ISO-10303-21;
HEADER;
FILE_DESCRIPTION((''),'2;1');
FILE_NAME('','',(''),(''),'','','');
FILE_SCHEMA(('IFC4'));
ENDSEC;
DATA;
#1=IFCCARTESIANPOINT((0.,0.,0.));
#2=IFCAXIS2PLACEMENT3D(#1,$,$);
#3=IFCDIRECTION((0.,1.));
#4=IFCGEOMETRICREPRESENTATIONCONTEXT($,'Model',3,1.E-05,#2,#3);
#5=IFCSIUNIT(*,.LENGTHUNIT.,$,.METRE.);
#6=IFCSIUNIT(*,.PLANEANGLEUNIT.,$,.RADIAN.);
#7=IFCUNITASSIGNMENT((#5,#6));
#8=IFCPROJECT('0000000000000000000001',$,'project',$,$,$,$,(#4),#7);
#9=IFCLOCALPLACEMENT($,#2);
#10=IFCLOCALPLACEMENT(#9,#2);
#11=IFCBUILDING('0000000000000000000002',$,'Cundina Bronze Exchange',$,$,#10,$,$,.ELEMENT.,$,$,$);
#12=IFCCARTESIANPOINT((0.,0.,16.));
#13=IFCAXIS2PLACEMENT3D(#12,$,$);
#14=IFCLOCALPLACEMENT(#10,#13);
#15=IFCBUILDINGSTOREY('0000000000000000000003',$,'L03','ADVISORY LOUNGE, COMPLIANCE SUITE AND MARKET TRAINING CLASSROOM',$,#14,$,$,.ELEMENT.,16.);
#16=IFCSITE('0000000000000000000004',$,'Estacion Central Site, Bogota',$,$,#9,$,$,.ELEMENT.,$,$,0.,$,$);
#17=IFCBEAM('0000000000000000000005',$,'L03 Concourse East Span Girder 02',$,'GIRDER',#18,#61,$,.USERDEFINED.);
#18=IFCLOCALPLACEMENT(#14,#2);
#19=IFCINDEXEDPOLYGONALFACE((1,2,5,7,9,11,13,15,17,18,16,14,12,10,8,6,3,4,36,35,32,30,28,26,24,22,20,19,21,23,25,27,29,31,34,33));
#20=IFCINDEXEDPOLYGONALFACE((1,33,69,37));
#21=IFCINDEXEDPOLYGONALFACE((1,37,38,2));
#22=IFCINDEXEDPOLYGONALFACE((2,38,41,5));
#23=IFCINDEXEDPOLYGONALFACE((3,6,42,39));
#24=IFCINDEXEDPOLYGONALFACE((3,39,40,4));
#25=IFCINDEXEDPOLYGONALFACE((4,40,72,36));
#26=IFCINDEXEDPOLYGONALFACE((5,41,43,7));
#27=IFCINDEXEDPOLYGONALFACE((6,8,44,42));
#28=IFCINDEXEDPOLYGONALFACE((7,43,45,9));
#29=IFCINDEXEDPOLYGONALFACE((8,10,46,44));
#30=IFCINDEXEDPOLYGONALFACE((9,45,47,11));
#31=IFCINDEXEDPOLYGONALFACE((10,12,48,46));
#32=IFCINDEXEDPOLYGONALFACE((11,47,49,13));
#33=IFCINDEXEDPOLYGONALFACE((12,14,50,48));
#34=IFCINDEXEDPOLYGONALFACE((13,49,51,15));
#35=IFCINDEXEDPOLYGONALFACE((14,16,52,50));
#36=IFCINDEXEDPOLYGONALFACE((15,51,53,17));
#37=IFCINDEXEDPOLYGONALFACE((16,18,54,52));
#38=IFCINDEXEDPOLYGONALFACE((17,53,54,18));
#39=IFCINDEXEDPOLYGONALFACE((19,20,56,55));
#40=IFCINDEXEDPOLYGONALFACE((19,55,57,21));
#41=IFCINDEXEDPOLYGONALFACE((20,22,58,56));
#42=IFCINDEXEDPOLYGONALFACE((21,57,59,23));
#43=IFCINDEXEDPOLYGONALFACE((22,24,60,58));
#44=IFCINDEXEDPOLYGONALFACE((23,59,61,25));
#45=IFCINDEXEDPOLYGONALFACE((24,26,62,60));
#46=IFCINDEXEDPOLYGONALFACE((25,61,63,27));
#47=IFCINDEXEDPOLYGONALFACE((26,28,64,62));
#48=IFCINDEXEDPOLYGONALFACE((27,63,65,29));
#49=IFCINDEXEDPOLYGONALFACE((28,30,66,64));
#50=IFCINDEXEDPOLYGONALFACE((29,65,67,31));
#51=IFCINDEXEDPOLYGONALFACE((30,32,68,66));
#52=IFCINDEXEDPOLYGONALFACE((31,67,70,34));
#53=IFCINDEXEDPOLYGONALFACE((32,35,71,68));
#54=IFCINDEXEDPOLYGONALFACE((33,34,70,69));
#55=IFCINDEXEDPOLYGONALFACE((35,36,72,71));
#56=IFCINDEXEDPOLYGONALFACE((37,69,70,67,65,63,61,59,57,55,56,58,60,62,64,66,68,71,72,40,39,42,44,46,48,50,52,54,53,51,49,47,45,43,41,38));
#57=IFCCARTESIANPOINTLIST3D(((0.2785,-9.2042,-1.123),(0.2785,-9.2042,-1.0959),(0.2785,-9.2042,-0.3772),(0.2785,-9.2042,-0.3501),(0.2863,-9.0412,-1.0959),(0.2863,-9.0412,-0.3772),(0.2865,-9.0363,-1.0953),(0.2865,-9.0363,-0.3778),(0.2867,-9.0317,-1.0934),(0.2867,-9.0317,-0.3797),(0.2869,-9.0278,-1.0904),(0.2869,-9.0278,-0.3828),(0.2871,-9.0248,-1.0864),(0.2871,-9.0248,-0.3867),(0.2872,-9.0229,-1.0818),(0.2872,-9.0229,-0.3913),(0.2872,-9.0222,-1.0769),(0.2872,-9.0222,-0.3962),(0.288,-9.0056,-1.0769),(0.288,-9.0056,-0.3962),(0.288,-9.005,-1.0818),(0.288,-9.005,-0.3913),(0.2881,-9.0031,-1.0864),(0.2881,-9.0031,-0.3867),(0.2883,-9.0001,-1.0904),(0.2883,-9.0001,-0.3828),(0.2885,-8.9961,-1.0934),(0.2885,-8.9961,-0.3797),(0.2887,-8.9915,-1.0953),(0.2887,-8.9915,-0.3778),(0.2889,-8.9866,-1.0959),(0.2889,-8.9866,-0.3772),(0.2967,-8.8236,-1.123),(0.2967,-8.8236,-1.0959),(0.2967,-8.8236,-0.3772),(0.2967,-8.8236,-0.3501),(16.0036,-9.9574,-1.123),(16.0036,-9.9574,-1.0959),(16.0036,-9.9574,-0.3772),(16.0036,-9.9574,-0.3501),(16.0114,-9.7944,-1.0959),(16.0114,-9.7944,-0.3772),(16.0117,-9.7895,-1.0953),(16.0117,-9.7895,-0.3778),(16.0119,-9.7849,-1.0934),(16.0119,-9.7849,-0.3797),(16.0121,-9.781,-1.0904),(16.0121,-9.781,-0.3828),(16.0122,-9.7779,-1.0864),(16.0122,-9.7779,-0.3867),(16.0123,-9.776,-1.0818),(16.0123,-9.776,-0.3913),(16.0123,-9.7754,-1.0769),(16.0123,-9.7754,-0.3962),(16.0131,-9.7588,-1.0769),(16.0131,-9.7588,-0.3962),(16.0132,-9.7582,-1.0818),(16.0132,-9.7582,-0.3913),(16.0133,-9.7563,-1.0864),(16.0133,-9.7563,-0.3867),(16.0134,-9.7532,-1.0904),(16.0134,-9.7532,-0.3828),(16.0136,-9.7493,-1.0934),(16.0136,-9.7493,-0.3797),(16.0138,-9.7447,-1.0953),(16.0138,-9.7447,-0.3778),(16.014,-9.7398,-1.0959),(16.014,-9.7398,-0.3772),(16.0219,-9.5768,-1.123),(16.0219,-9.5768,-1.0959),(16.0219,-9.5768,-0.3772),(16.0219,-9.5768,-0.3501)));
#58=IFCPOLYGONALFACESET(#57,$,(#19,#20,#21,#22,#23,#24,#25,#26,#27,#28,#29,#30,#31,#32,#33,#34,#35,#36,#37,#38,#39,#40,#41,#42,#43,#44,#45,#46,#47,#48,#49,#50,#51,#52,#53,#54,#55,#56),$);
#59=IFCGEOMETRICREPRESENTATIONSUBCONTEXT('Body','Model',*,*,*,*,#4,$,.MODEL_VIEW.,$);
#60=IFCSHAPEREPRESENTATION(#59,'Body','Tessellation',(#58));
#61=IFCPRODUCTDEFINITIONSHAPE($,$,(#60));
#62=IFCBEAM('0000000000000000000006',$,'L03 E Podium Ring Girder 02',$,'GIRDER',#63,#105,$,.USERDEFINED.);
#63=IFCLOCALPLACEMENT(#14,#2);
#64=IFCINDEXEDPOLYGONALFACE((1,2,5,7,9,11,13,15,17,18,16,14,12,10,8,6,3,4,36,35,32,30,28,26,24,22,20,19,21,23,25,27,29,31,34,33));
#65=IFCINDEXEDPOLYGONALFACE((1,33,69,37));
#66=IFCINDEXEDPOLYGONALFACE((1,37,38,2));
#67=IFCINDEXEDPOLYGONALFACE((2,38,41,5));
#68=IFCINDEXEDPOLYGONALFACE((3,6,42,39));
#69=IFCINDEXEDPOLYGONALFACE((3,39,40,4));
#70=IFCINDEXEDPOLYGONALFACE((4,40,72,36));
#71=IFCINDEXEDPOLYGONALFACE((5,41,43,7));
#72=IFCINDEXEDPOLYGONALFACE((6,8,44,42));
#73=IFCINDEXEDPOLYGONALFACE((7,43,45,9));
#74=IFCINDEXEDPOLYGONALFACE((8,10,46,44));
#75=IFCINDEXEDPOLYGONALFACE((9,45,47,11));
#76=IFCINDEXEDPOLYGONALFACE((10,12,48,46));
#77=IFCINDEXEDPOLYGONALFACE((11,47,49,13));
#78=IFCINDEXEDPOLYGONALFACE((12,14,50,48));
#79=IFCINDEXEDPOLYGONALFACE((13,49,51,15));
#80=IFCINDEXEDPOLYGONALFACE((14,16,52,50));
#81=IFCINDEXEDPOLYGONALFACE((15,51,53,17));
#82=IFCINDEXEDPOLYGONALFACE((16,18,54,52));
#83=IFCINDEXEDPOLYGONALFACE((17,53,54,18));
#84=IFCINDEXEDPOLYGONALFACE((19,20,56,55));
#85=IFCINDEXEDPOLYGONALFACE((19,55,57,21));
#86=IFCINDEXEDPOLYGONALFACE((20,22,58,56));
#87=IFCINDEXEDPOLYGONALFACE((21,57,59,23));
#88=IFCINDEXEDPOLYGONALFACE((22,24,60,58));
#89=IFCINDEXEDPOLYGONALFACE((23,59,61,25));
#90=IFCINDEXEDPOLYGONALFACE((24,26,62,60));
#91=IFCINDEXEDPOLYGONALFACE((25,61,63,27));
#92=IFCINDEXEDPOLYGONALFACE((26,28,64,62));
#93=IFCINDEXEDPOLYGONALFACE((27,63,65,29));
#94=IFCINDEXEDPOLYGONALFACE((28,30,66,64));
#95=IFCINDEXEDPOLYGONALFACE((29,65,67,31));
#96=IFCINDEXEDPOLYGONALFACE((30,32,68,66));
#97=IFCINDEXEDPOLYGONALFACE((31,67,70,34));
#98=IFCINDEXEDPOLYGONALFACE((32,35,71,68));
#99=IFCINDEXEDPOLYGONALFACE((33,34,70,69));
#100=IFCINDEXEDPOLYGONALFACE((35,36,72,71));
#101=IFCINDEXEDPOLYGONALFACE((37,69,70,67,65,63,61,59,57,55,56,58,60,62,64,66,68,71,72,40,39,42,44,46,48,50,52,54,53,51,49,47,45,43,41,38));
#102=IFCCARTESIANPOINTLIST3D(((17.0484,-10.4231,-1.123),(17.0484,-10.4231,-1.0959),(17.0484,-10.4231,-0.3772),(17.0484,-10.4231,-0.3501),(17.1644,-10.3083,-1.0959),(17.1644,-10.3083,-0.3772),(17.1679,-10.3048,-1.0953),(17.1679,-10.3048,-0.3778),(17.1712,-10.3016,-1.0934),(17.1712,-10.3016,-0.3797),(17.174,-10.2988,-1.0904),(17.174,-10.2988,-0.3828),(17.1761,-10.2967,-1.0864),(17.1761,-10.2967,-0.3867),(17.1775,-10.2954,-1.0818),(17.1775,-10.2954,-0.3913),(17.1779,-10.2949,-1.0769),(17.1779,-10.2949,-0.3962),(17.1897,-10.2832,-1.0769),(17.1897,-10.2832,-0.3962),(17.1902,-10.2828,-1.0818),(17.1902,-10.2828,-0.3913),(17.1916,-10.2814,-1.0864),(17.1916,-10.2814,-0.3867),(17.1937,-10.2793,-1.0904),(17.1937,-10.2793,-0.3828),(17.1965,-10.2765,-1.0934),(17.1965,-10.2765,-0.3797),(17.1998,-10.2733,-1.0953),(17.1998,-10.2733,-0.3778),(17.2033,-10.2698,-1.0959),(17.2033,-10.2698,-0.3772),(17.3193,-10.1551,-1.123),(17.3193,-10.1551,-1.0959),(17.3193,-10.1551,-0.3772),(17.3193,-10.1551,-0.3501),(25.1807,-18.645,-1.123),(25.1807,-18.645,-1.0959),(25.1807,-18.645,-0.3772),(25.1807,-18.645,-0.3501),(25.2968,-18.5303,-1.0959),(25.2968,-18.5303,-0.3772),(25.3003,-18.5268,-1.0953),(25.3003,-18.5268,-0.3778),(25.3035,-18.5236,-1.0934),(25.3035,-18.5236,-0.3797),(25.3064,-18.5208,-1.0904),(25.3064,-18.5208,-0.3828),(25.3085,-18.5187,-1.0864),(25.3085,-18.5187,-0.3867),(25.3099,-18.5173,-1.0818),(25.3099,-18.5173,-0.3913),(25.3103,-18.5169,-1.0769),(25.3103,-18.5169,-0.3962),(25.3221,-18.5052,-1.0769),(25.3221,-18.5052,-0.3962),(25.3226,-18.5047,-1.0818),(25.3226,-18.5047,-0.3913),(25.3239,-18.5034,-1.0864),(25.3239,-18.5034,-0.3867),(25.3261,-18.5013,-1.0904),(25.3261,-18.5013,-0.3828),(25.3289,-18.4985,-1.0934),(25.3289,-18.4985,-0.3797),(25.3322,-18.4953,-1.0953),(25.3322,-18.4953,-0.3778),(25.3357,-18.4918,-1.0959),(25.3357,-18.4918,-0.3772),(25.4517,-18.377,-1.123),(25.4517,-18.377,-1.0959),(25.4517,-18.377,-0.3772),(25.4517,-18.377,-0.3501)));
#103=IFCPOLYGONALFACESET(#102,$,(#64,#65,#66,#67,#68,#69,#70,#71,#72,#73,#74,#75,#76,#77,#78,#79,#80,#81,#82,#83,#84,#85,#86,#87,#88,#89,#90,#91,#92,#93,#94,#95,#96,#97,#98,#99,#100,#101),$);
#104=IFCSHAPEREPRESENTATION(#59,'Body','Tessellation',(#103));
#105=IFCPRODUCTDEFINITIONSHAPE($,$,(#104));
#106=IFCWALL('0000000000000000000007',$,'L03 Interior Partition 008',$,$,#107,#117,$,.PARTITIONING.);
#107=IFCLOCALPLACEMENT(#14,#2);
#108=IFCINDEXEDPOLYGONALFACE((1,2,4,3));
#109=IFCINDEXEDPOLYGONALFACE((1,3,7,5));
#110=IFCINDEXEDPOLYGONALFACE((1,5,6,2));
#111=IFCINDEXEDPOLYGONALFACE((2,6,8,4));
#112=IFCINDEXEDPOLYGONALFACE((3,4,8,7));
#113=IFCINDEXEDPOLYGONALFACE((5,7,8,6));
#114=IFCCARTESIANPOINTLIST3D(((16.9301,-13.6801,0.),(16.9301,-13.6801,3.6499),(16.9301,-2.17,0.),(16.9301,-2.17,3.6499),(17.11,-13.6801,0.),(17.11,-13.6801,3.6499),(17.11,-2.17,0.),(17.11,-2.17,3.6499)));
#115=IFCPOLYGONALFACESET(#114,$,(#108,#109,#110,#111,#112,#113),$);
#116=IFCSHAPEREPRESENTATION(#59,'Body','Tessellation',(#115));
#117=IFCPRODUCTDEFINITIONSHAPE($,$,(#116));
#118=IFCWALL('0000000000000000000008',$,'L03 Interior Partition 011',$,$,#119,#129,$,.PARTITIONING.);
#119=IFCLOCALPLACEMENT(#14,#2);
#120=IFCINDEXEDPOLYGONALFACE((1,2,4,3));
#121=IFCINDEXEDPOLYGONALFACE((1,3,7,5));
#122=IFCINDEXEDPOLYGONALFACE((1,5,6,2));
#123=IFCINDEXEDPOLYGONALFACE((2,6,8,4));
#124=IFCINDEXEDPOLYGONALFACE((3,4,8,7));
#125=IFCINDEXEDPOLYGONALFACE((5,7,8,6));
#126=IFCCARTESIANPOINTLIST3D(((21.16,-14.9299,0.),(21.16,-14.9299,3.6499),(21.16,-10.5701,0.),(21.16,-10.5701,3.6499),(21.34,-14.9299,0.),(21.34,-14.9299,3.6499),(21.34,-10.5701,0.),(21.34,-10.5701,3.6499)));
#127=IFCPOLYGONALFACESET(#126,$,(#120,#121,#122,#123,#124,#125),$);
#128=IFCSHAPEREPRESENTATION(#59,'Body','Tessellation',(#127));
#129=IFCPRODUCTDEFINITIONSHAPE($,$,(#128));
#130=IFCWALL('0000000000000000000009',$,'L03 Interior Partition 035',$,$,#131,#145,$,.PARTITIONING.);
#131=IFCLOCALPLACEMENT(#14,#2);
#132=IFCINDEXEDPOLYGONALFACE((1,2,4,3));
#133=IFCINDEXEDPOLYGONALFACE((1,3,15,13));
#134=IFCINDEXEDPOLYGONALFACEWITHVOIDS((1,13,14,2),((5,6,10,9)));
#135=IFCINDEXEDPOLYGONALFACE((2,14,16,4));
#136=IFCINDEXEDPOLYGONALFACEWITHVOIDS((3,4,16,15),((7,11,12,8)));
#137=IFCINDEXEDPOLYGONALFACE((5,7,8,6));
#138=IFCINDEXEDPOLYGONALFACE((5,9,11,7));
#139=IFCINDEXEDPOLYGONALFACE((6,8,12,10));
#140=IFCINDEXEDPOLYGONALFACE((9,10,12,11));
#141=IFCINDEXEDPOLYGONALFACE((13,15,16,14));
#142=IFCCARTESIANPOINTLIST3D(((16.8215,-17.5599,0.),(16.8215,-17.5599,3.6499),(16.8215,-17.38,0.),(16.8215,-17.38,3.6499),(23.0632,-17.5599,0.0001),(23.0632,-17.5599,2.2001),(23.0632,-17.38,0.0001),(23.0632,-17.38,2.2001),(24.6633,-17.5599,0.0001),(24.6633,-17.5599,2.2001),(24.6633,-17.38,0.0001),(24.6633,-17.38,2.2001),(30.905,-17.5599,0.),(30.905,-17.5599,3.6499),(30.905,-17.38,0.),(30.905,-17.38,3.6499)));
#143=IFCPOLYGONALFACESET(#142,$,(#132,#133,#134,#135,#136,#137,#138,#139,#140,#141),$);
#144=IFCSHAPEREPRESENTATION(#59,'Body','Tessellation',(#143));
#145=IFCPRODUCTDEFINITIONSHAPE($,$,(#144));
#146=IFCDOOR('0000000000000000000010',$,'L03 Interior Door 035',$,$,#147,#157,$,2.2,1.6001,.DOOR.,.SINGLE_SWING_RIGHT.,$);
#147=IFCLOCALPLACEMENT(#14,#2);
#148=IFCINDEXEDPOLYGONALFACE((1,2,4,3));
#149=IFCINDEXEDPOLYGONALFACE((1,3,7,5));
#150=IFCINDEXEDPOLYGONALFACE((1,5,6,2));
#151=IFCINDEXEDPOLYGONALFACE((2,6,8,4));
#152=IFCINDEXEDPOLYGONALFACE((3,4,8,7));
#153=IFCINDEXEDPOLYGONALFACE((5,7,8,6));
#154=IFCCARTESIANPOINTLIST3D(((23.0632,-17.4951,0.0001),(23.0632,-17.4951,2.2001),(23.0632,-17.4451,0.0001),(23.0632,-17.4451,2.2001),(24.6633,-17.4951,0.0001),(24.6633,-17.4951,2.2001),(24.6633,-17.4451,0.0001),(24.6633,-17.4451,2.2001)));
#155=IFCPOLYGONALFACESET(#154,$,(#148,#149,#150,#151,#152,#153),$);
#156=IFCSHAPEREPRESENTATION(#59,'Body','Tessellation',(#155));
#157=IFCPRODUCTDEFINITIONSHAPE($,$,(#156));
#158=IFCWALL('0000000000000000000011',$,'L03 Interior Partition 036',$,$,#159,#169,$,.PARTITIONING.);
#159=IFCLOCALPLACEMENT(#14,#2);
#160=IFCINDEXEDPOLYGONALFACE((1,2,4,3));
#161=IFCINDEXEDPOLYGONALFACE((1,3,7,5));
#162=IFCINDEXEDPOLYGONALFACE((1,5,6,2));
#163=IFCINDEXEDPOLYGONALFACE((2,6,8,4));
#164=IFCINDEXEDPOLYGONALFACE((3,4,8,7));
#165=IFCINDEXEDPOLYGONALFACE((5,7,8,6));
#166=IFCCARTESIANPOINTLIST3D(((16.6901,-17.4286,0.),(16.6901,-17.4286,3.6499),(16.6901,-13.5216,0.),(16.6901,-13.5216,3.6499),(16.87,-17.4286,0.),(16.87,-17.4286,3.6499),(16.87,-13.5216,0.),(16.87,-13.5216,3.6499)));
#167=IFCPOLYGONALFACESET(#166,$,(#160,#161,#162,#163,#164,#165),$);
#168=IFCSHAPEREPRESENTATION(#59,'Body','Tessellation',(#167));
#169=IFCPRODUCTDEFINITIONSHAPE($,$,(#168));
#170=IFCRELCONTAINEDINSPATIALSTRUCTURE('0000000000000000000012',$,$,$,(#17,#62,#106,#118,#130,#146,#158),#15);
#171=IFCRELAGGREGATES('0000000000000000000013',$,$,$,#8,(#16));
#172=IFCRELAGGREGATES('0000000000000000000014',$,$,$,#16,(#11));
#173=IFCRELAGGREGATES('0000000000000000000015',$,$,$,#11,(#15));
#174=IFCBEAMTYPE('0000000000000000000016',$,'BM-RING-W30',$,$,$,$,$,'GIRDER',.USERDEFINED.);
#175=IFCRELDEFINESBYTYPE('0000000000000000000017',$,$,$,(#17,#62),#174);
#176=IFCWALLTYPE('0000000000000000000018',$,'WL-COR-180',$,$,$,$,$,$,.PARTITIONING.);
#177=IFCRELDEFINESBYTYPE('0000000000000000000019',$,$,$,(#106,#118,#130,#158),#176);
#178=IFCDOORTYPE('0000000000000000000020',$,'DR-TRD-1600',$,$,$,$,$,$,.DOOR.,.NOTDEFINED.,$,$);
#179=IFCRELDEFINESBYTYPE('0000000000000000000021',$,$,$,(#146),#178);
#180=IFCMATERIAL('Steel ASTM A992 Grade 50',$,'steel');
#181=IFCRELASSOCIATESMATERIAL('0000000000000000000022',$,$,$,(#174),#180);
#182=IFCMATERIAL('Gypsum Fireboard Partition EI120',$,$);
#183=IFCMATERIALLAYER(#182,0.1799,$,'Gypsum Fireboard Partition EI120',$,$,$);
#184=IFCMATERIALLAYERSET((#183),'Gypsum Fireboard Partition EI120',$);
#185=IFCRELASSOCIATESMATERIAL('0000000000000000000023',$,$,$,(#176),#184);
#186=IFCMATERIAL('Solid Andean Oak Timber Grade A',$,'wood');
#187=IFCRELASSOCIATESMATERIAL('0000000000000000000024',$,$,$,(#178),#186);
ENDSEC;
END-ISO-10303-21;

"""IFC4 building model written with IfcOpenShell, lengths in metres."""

from ifc_helpers import new_model, si_unit, direction, frame, frame_2d, origin, origin_2d, place, context, subcontext, project, spatial, rectangle, i_section, extrude, material, layer, layer_set, material_profile, profile_set, type_object, element, fill, save


model = new_model("IFC4")

# Units and contexts
model_context = context("Model", 3, precision=1e-05, world=origin(), true_north=direction((0.0, 1.0)))
body_context = subcontext(model_context, "Body", "Model", "MODEL_VIEW")
ifc_project = project(units=[si_unit("LENGTHUNIT", "METRE"), si_unit("PLANEANGLEUNIT", "RADIAN")], contexts=[model_context])

# Site, building, storey
site_placement = place(None, origin())
site = spatial("IfcSite", under=ifc_project, at=site_placement, Name="Estacion Central Site, Bogota", CompositionType="ELEMENT", RefElevation=0.0)
building_placement = place(site_placement, origin())
building = spatial("IfcBuilding", under=site, at=building_placement, Name="Cundina Bronze Exchange", CompositionType="ELEMENT")
storey_placement = place(building_placement, frame((0.0, 0.0, 16.0)))
storey = spatial("IfcBuildingStorey", under=building, at=storey_placement, Name="L03", Description="ADVISORY LOUNGE, COMPLIANCE SUITE AND MARKET TRAINING CLASSROOM", CompositionType="ELEMENT", Elevation=16.0)

# Beams
ifc_material_1 = material(Name="Steel ASTM A992 Grade 50", Category="steel")
ifc_material_profile_1 = material_profile(ifc_material_1, i_section(OverallWidth=0.3811, OverallDepth=0.7729, WebThickness=0.0166, FlangeThickness=0.0271, FilletRadius=0.019, at=origin_2d()), Name="W30X173", Category="steel")
ifc_profile_set_1 = profile_set([ifc_material_profile_1], Name="Steel ASTM A992 Grade 50")
beam_type = type_object("IfcBeamType", Name="BM-RING-W30", ElementType="GIRDER", PredefinedType="USERDEFINED", material=ifc_profile_set_1)
beam_1_placement = place(storey_placement, frame((0.2876, -9.0139, -0.7366), z_axis=(0.998855, -0.047841, 0.0), x_axis=(0.047841, 0.998855, 0.0)))
element("IfcBeam", 1, at=beam_1_placement, inside=storey, type_object=beam_type, Name="L03 Concourse East Span Girder 02", ObjectType="GIRDER", PredefinedType="USERDEFINED", context=body_context, shape_type="SweptSolid", body=[
    extrude(i_section(OverallWidth=0.3811, OverallDepth=0.7729, WebThickness=0.0166, FlangeThickness=0.0271, FilletRadius=0.019, at=origin_2d()), origin(), (0.0, 0.0, 1.0), 15.7432),
])
beam_2_placement = place(storey_placement, frame((17.1838, -10.2891, -0.7366), z_axis=(0.703222, -0.71097, 0.0), x_axis=(0.71097, 0.703222, 0.0)))
element("IfcBeam", 2, at=beam_2_placement, inside=storey, type_object=beam_type, Name="L03 E Podium Ring Girder 02", ObjectType="GIRDER", PredefinedType="USERDEFINED", context=body_context, shape_type="SweptSolid", body=[
    extrude(i_section(OverallWidth=0.3811, OverallDepth=0.7729, WebThickness=0.0166, FlangeThickness=0.0271, FilletRadius=0.019, at=origin_2d()), origin(), (0.0, 0.0, 1.0), 11.5645),
])

# Walls
ifc_material_2 = material(Name="Gypsum Fireboard Partition EI120")
ifc_layer_1 = layer(ifc_material_2, 0.1799, Name="Gypsum Fireboard Partition EI120")
ifc_layer_set_1 = layer_set([ifc_layer_1], Name="Gypsum Fireboard Partition EI120")
wall_type_1 = type_object("IfcWallType", Name="WL-COR-180", PredefinedType="PARTITIONING", material=ifc_layer_set_1)
wall_1_placement = place(storey_placement, frame((17.02, -13.6799, 0.0), z_axis=(0.0, 0.0, 1.0), x_axis=(0.0, 1.0, 0.0)))
element("IfcWall", 3, at=wall_1_placement, inside=storey, type_object=wall_type_1, Name="L03 Interior Partition 008", PredefinedType="PARTITIONING", context=body_context, shape_type="SweptSolid", body=[
    extrude(rectangle(XDim=11.51, YDim=0.1799, at=frame_2d((5.7549, 0.0))), origin(), (0.0, 0.0, 1.0), 3.6499),
])
wall_2_placement = place(storey_placement, frame((21.25, -14.9299, 0.0), z_axis=(0.0, 0.0, 1.0), x_axis=(0.0, 1.0, 0.0)))
element("IfcWall", 4, at=wall_2_placement, inside=storey, type_object=wall_type_1, Name="L03 Interior Partition 011", PredefinedType="PARTITIONING", context=body_context, shape_type="SweptSolid", body=[
    extrude(rectangle(XDim=4.3599, YDim=0.1799, at=frame_2d((2.1799, 0.0))), origin(), (0.0, 0.0, 1.0), 3.6499),
])

# Wall, opening, door
wall_3_placement = place(storey_placement, frame((16.8215, -17.47, 0.0), z_axis=(0.0, 0.0, 1.0), x_axis=(1.0, 0.0, 0.0)))
wall_3 = element("IfcWall", 5, at=wall_3_placement, inside=storey, type_object=wall_type_1, Name="L03 Interior Partition 035", PredefinedType="PARTITIONING", context=body_context, shape_type="SweptSolid", body=[
    extrude(rectangle(XDim=14.0835, YDim=0.1799, at=frame_2d((7.0417, 0.0))), origin(), (0.0, 0.0, 1.0), 3.6499),
])
opening_1_placement = place(wall_3_placement, frame((6.2417, 0.0, 0.0)))
opening_1 = element("IfcOpeningElement", 6, at=opening_1_placement, cuts=wall_3, PredefinedType="OPENING", context=body_context, shape_type="SweptSolid", body=[
    extrude(rectangle(XDim=1.6001, YDim=2.2, at=frame_2d((0.8, 1.1001))), frame((0.0, 0.0999, 0.0), z_axis=(0.0, -1.0, 0.0), x_axis=(1.0, 0.0, 0.0)), (0.0, 0.0, 1.0), 0.2),
])
ifc_material_3 = material(Name="Solid Andean Oak Timber Grade A", Category="wood")
door_type_1 = type_object("IfcDoorType", Name="DR-TRD-1600", OperationType="NOTDEFINED", PredefinedType="DOOR", material=ifc_material_3)
door_1_placement = place(opening_1_placement, origin())
door_1 = element("IfcDoor", 7, at=door_1_placement, inside=storey, type_object=door_type_1, Name="L03 Interior Door 035", OperationType="SINGLE_SWING_RIGHT", OverallHeight=2.2, OverallWidth=1.6001, PredefinedType="DOOR", context=body_context, shape_type="SweptSolid", body=[
    extrude(rectangle(XDim=1.6001, YDim=2.2, at=frame_2d((0.8, 1.1001))), frame((0.0, 0.0249, 0.0), z_axis=(0.0, -1.0, 0.0), x_axis=(1.0, 0.0, 0.0)), (0.0, 0.0, 1.0), 0.05),
])
fill(opening_1, door_1)

# Wall
wall_4_placement = place(storey_placement, frame((16.78, -13.5215, 0.0), z_axis=(0.0, 0.0, 1.0), x_axis=(0.0, -1.0, 0.0)))
element("IfcWall", 8, at=wall_4_placement, inside=storey, type_object=wall_type_1, Name="L03 Interior Partition 036", PredefinedType="PARTITIONING", context=body_context, shape_type="SweptSolid", body=[
    extrude(rectangle(XDim=3.907, YDim=0.1799, at=frame_2d((1.9536, 0.0))), origin(), (0.0, 0.0, 1.0), 3.6499),
])

save(model, "model.ifc")
